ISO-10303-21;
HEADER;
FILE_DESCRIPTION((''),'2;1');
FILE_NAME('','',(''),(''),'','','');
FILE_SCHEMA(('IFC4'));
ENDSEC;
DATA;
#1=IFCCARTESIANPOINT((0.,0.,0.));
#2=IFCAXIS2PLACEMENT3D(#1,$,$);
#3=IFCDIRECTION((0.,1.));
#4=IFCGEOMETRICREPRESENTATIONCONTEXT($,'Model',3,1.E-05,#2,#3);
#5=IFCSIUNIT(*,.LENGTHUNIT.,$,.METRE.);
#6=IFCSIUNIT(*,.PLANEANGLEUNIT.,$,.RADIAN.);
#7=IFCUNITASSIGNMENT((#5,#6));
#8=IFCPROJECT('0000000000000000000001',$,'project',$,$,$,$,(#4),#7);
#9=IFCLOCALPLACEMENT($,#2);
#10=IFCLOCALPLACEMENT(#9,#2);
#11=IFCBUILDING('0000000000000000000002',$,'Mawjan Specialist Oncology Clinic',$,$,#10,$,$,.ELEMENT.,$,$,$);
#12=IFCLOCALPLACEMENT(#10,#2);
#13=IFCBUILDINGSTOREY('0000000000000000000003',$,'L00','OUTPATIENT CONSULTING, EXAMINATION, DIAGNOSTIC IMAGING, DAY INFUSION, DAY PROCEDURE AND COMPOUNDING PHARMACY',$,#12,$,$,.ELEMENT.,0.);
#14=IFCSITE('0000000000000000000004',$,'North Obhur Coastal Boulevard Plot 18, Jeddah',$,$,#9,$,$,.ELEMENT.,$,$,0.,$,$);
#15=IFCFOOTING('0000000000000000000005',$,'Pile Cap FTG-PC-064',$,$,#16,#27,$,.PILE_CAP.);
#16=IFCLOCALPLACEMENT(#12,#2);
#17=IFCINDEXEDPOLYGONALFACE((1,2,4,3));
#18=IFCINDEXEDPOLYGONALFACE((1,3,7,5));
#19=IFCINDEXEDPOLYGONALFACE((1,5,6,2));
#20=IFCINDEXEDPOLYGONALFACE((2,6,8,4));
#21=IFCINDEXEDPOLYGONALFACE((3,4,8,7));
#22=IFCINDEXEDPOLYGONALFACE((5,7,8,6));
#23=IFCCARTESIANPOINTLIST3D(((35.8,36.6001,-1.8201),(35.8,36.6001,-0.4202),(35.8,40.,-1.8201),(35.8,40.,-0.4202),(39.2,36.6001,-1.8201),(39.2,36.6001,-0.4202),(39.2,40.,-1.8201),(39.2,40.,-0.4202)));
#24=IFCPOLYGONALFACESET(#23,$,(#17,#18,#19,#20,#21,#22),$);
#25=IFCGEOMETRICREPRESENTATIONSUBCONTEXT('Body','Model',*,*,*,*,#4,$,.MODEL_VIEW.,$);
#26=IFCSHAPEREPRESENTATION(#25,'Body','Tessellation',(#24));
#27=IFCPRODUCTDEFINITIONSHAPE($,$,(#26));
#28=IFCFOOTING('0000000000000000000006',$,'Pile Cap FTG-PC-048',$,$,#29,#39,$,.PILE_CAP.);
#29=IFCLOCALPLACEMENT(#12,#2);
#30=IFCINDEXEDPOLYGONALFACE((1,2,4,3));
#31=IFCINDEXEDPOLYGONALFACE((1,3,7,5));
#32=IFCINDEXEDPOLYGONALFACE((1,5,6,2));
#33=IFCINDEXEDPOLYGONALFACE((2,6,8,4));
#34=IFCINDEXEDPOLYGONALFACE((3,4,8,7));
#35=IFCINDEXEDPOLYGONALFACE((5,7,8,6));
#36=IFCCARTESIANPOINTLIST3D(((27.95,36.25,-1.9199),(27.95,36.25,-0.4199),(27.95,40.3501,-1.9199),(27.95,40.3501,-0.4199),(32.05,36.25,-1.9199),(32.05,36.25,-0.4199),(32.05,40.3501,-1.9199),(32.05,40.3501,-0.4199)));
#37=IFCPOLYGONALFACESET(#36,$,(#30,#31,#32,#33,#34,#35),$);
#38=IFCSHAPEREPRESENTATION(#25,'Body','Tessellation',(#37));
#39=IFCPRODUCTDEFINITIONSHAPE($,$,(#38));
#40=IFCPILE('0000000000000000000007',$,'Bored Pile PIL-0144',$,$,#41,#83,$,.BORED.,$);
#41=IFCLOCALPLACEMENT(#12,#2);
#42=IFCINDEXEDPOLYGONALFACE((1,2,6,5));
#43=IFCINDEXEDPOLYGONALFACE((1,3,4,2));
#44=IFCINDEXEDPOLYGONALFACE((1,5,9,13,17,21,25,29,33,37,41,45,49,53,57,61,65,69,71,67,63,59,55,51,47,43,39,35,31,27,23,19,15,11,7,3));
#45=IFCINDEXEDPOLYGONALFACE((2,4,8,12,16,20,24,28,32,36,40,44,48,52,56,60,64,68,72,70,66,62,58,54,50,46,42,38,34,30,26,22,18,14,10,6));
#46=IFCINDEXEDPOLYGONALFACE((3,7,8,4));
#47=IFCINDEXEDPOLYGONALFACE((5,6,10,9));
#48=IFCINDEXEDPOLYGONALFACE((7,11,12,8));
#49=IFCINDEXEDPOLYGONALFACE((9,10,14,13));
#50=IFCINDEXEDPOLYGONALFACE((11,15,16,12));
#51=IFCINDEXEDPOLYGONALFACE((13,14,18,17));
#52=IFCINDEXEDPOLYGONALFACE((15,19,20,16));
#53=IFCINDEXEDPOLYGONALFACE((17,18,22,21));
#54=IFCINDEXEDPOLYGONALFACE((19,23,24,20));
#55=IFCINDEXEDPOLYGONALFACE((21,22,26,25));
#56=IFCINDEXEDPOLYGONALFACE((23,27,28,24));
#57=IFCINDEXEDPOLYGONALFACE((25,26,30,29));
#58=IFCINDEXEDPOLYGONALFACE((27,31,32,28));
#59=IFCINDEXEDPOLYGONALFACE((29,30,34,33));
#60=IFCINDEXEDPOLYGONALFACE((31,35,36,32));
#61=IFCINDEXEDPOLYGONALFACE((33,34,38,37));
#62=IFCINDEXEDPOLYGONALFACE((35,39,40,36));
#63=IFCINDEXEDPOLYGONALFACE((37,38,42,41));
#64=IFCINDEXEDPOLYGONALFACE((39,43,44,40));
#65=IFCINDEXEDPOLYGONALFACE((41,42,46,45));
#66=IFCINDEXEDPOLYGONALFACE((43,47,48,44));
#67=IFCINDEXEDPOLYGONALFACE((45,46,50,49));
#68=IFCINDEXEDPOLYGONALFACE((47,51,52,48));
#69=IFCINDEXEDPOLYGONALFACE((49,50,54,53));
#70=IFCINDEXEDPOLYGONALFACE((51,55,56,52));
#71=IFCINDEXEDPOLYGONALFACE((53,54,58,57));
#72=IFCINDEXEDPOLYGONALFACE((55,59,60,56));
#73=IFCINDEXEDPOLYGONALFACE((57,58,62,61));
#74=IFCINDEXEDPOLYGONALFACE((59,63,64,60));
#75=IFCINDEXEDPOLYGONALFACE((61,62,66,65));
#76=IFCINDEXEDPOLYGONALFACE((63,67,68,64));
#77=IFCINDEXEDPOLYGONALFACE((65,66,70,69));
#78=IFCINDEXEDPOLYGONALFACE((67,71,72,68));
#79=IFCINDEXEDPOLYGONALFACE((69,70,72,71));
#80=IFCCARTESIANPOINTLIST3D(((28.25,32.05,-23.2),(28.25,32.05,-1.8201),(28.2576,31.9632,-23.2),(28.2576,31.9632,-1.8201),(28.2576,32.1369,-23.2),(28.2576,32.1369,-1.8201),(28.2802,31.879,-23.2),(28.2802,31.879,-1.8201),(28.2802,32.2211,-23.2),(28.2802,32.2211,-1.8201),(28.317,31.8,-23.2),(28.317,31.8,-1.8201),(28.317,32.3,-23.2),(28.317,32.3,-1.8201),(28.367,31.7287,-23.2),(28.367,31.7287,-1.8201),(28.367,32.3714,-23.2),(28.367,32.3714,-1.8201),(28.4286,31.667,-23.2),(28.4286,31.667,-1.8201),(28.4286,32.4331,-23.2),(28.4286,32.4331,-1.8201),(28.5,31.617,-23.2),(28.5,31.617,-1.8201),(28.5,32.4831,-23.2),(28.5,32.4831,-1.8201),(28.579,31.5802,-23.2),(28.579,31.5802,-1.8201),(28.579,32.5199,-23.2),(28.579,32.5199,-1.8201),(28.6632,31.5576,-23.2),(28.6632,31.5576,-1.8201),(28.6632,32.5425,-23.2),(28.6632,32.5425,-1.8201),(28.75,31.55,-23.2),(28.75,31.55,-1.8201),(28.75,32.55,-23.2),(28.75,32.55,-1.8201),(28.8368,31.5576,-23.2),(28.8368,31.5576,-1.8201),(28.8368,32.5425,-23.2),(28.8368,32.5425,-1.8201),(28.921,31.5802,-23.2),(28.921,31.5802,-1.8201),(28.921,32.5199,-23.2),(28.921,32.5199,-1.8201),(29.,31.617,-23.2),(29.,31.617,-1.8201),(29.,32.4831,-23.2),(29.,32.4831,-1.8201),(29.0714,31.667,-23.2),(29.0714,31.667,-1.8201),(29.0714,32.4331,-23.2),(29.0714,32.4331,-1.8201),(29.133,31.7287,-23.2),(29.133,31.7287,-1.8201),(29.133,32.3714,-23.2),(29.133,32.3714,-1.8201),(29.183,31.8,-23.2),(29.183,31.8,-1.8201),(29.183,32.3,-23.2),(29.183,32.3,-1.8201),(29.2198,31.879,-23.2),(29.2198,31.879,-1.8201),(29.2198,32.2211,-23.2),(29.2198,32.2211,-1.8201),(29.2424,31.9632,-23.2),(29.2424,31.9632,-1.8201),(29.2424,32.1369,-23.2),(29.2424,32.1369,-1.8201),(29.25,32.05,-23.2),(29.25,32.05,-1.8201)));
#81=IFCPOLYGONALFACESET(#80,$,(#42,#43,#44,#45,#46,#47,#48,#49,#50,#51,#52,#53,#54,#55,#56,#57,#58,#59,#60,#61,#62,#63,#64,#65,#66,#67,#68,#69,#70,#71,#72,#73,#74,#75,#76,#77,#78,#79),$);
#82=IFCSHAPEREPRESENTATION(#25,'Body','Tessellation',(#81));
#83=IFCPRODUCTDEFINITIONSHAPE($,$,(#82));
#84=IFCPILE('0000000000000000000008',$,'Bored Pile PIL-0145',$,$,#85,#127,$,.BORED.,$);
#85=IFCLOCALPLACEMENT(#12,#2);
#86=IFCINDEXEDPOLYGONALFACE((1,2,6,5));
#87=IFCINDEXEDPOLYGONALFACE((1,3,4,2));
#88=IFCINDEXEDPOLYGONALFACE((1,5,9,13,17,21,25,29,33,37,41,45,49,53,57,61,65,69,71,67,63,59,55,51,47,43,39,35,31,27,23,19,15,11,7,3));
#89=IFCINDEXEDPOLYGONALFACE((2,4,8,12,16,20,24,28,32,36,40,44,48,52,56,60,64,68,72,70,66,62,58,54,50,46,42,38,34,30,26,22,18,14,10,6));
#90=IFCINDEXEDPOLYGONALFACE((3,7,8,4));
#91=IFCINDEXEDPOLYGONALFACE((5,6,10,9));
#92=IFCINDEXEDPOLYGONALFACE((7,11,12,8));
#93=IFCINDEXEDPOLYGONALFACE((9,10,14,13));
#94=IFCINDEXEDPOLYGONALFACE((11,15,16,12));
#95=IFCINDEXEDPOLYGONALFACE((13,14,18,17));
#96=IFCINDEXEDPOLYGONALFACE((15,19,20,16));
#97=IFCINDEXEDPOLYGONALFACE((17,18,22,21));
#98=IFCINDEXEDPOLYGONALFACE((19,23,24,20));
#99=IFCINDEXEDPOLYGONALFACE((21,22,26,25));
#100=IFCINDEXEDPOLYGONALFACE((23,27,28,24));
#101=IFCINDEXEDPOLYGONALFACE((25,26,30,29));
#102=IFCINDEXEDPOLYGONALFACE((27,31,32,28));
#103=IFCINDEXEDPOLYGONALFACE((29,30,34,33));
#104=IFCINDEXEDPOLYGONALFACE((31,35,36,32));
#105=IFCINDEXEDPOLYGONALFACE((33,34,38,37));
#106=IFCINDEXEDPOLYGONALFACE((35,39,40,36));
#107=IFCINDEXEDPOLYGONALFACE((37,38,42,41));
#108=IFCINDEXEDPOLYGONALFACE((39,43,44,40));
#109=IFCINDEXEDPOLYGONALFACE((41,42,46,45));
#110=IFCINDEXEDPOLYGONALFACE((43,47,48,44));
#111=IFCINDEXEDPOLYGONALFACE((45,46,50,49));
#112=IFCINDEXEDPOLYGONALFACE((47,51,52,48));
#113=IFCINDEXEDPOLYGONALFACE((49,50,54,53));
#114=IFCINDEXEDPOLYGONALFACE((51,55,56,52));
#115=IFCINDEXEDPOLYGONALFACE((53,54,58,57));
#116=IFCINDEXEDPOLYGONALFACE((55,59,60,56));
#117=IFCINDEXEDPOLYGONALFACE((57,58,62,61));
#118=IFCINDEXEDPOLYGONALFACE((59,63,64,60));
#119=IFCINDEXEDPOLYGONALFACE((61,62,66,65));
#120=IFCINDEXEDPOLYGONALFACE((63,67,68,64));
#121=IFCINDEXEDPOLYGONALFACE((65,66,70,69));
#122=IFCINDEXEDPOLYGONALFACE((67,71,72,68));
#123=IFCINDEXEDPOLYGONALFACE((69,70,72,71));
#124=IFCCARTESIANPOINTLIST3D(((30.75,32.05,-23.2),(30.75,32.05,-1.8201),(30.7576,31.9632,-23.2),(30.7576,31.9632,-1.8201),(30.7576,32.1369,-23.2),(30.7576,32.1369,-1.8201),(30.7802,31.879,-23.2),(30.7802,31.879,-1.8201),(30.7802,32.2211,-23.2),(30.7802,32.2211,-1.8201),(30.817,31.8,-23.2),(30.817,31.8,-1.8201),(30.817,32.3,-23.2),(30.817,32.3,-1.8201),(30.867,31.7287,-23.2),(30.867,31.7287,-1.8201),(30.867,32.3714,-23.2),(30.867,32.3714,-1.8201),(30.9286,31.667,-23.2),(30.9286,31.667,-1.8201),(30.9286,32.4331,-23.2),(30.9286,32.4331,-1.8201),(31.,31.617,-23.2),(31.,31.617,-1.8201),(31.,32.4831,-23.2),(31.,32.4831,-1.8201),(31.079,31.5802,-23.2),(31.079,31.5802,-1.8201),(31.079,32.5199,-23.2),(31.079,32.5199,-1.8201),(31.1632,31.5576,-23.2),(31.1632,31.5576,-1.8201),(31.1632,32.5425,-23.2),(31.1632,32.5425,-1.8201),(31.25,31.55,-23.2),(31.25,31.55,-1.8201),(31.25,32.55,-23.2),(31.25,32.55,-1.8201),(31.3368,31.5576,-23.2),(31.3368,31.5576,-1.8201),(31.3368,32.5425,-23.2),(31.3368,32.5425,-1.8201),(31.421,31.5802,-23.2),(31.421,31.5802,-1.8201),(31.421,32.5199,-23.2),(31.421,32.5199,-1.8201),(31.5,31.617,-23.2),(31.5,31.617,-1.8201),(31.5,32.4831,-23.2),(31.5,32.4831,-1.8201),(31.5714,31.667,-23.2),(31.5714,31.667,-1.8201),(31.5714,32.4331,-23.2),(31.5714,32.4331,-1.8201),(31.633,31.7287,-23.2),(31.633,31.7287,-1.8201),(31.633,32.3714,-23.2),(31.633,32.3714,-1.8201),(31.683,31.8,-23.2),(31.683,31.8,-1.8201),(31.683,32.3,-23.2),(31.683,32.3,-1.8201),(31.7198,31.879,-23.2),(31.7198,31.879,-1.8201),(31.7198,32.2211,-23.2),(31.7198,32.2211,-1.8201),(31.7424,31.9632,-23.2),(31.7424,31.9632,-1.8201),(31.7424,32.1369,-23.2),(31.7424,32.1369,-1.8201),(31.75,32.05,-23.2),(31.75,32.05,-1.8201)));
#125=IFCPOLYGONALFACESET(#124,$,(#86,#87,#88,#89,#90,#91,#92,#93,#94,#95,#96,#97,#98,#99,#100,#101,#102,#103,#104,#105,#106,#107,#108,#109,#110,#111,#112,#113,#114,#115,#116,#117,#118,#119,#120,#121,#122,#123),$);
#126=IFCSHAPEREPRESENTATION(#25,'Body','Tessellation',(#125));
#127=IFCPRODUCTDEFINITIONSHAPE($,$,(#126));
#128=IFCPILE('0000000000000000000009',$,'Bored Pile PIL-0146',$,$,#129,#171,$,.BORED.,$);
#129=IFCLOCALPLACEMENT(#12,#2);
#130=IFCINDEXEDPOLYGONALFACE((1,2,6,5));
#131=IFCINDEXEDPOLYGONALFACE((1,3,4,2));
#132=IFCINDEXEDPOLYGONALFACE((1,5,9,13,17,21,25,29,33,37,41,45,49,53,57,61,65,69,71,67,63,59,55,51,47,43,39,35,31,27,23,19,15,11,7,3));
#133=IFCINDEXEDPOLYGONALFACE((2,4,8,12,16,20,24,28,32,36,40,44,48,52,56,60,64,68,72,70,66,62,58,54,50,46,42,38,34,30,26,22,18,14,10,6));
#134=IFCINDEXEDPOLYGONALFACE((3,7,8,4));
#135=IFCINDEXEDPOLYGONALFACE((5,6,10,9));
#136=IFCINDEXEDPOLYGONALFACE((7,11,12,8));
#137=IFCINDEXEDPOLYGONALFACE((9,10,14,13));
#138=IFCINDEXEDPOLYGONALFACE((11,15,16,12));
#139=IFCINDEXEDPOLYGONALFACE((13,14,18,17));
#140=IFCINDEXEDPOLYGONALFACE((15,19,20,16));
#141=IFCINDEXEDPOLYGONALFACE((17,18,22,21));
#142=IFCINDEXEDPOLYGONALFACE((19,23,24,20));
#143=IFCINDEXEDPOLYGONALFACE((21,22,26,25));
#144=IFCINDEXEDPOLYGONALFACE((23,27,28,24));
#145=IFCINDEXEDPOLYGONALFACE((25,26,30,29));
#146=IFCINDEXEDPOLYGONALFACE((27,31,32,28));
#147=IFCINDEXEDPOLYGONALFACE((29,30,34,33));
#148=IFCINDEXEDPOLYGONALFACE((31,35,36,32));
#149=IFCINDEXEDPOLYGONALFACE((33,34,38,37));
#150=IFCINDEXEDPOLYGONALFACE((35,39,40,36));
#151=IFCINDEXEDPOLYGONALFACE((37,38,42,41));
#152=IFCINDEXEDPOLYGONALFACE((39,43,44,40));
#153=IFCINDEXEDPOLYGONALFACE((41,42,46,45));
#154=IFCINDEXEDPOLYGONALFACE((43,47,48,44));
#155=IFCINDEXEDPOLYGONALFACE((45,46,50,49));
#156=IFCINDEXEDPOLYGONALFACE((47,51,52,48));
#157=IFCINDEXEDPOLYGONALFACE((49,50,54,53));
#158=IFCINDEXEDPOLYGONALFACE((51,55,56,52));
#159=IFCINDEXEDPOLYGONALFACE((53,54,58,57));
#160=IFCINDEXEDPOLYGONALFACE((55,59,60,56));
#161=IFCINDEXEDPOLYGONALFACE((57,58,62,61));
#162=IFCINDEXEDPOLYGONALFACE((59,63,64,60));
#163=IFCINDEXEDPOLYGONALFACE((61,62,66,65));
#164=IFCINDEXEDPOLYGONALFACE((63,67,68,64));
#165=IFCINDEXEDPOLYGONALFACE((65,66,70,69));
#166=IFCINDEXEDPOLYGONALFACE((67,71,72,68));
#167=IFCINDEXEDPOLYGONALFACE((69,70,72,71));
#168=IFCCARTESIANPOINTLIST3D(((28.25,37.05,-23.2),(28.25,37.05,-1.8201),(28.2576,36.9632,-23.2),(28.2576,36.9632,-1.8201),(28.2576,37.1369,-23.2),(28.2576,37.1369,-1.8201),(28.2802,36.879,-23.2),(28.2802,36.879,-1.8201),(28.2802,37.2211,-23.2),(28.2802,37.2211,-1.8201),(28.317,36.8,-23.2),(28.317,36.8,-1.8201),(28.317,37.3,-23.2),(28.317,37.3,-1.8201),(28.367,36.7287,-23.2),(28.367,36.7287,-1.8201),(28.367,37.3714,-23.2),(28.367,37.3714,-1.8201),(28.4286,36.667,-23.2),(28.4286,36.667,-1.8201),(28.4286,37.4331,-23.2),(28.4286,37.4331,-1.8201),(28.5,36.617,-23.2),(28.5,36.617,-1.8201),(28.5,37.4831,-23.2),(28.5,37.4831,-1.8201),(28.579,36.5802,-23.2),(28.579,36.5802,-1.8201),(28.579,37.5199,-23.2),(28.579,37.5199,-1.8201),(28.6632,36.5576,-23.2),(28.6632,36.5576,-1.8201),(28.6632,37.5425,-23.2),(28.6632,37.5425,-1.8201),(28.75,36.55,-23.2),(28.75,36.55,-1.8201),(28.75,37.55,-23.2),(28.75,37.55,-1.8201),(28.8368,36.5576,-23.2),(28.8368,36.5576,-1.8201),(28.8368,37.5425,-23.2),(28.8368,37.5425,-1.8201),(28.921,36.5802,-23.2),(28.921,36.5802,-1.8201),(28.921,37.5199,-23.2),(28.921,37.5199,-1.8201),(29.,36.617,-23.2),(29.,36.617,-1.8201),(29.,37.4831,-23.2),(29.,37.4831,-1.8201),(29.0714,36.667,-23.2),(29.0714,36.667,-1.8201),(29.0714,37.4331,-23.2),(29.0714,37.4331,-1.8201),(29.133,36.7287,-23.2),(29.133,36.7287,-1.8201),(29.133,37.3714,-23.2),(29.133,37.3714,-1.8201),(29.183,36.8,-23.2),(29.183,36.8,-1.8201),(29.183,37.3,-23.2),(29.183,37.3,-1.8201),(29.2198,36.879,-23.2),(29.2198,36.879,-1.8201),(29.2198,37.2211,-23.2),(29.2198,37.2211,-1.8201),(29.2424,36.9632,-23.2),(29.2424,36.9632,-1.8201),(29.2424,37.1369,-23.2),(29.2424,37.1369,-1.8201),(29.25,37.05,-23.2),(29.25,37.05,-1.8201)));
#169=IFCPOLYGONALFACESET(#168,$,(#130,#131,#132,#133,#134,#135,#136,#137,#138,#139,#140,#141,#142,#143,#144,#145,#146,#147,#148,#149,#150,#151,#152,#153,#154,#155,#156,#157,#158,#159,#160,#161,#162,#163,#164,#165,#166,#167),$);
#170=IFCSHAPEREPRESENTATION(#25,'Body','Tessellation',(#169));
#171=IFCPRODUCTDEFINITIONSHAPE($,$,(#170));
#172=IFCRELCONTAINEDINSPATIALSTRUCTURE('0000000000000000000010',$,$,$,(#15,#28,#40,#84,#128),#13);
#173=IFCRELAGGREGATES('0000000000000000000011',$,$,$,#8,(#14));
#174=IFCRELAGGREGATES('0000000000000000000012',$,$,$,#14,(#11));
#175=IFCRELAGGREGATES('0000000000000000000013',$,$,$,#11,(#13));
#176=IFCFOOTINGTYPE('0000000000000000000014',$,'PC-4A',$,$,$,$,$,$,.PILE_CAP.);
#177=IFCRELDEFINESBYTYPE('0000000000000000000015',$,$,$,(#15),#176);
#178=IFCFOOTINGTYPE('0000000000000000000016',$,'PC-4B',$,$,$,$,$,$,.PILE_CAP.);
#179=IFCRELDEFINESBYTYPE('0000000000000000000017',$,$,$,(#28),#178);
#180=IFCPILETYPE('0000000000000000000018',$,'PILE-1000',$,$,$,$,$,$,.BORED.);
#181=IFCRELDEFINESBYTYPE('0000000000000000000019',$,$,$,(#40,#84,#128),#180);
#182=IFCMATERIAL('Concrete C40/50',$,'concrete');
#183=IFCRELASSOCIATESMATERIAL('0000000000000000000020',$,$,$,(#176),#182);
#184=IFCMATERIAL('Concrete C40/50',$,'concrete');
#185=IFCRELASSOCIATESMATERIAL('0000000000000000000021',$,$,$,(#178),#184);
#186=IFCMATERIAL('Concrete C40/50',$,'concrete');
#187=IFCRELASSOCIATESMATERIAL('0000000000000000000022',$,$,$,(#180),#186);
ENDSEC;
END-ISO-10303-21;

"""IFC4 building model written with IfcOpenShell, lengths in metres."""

from ifc_helpers import new_model, si_unit, direction, frame, origin, origin_2d, place, context, subcontext, project, spatial, rectangle, circle, extrude, material, material_profile, profile_set, type_object, element, save


model = new_model("IFC4")

# Units and contexts
model_context = context("Model", 3, precision=1e-05, world=origin(), true_north=direction((0.0, 1.0)))
body_context = subcontext(model_context, "Body", "Model", "MODEL_VIEW")
ifc_project = project(units=[si_unit("LENGTHUNIT", "METRE"), si_unit("PLANEANGLEUNIT", "RADIAN")], contexts=[model_context])

# Site, building, storey
site_placement = place(None, origin())
site = spatial("IfcSite", under=ifc_project, at=site_placement, Name="North Obhur Coastal Boulevard Plot 18, Jeddah", CompositionType="ELEMENT", RefElevation=0.0)
building_placement = place(site_placement, origin())
building = spatial("IfcBuilding", under=site, at=building_placement, Name="Mawjan Specialist Oncology Clinic", CompositionType="ELEMENT")
storey_placement = place(building_placement, origin())
storey = spatial("IfcBuildingStorey", under=building, at=storey_placement, Name="L00", Description="OUTPATIENT CONSULTING, EXAMINATION, DIAGNOSTIC IMAGING, DAY INFUSION, DAY PROCEDURE AND COMPOUNDING PHARMACY", CompositionType="ELEMENT", Elevation=0.0)

# Footings
ifc_material_1 = material(Name="Concrete C40/50", Category="concrete")
footing_type_1 = type_object("IfcFootingType", Name="PC-4A", PredefinedType="PILE_CAP", material=ifc_material_1)
footing_1_placement = place(storey_placement, frame((37.5, 38.3, -1.8201), z_axis=(0.0, 0.0, 1.0), x_axis=(1.0, 0.0, 0.0)))
element("IfcFooting", 1, at=footing_1_placement, inside=storey, type_object=footing_type_1, Name="Pile Cap FTG-PC-064", PredefinedType="PILE_CAP", context=body_context, shape_type="SweptSolid", body=[
    extrude(rectangle(XDim=3.3999, YDim=3.3999, at=origin_2d()), origin(), (0.0, 0.0, 1.0), 1.3999),
])
ifc_material_2 = material(Name="Concrete C40/50", Category="concrete")
footing_type_2 = type_object("IfcFootingType", Name="PC-4B", PredefinedType="PILE_CAP", material=ifc_material_2)
footing_2_placement = place(storey_placement, frame((30.0, 38.3, -1.9199), z_axis=(0.0, 0.0, 1.0), x_axis=(1.0, 0.0, 0.0)))
element("IfcFooting", 2, at=footing_2_placement, inside=storey, type_object=footing_type_2, Name="Pile Cap FTG-PC-048", PredefinedType="PILE_CAP", context=body_context, shape_type="SweptSolid", body=[
    extrude(rectangle(XDim=4.1001, YDim=4.1001, at=origin_2d()), origin(), (0.0, 0.0, 1.0), 1.5),
])

# Piles
ifc_material_3 = material(Name="Concrete C40/50", Category="concrete")
ifc_material_profile_1 = material_profile(ifc_material_3, circle(Radius=0.5, at=origin_2d()), Name="BORED PILE D1000", Category="concrete")
ifc_profile_set_1 = profile_set([ifc_material_profile_1], Name="Concrete C40/50")
pile_type_1 = type_object("IfcPileType", Name="PILE-1000", PredefinedType="BORED", material=ifc_profile_set_1)
for number, where, z_axis, x_axis, name in (
    (3, (28.75, 32.05, -1.8201), (0.0, 0.0, -1.0), (1.0, 0.0, 0.0), "Bored Pile PIL-0144"),
    (4, (31.25, 32.05, -1.8201), (0.0, 0.0, -1.0), (1.0, 0.0, 0.0), "Bored Pile PIL-0145"),
    (5, (28.75, 37.05, -1.8201), (0.0, 0.0, -1.0), (1.0, 0.0, 0.0), "Bored Pile PIL-0146"),
):
    element("IfcPile", number, at=place(storey_placement, frame(where, z_axis=z_axis, x_axis=x_axis)), inside=storey, type_object=pile_type_1, Name=name, PredefinedType="BORED", context=body_context, shape_type="SweptSolid", body=[
        extrude(circle(Radius=0.5, at=origin_2d()), origin(), (0.0, 0.0, 1.0), 21.3799),
    ])

save(model, "model.ifc")
